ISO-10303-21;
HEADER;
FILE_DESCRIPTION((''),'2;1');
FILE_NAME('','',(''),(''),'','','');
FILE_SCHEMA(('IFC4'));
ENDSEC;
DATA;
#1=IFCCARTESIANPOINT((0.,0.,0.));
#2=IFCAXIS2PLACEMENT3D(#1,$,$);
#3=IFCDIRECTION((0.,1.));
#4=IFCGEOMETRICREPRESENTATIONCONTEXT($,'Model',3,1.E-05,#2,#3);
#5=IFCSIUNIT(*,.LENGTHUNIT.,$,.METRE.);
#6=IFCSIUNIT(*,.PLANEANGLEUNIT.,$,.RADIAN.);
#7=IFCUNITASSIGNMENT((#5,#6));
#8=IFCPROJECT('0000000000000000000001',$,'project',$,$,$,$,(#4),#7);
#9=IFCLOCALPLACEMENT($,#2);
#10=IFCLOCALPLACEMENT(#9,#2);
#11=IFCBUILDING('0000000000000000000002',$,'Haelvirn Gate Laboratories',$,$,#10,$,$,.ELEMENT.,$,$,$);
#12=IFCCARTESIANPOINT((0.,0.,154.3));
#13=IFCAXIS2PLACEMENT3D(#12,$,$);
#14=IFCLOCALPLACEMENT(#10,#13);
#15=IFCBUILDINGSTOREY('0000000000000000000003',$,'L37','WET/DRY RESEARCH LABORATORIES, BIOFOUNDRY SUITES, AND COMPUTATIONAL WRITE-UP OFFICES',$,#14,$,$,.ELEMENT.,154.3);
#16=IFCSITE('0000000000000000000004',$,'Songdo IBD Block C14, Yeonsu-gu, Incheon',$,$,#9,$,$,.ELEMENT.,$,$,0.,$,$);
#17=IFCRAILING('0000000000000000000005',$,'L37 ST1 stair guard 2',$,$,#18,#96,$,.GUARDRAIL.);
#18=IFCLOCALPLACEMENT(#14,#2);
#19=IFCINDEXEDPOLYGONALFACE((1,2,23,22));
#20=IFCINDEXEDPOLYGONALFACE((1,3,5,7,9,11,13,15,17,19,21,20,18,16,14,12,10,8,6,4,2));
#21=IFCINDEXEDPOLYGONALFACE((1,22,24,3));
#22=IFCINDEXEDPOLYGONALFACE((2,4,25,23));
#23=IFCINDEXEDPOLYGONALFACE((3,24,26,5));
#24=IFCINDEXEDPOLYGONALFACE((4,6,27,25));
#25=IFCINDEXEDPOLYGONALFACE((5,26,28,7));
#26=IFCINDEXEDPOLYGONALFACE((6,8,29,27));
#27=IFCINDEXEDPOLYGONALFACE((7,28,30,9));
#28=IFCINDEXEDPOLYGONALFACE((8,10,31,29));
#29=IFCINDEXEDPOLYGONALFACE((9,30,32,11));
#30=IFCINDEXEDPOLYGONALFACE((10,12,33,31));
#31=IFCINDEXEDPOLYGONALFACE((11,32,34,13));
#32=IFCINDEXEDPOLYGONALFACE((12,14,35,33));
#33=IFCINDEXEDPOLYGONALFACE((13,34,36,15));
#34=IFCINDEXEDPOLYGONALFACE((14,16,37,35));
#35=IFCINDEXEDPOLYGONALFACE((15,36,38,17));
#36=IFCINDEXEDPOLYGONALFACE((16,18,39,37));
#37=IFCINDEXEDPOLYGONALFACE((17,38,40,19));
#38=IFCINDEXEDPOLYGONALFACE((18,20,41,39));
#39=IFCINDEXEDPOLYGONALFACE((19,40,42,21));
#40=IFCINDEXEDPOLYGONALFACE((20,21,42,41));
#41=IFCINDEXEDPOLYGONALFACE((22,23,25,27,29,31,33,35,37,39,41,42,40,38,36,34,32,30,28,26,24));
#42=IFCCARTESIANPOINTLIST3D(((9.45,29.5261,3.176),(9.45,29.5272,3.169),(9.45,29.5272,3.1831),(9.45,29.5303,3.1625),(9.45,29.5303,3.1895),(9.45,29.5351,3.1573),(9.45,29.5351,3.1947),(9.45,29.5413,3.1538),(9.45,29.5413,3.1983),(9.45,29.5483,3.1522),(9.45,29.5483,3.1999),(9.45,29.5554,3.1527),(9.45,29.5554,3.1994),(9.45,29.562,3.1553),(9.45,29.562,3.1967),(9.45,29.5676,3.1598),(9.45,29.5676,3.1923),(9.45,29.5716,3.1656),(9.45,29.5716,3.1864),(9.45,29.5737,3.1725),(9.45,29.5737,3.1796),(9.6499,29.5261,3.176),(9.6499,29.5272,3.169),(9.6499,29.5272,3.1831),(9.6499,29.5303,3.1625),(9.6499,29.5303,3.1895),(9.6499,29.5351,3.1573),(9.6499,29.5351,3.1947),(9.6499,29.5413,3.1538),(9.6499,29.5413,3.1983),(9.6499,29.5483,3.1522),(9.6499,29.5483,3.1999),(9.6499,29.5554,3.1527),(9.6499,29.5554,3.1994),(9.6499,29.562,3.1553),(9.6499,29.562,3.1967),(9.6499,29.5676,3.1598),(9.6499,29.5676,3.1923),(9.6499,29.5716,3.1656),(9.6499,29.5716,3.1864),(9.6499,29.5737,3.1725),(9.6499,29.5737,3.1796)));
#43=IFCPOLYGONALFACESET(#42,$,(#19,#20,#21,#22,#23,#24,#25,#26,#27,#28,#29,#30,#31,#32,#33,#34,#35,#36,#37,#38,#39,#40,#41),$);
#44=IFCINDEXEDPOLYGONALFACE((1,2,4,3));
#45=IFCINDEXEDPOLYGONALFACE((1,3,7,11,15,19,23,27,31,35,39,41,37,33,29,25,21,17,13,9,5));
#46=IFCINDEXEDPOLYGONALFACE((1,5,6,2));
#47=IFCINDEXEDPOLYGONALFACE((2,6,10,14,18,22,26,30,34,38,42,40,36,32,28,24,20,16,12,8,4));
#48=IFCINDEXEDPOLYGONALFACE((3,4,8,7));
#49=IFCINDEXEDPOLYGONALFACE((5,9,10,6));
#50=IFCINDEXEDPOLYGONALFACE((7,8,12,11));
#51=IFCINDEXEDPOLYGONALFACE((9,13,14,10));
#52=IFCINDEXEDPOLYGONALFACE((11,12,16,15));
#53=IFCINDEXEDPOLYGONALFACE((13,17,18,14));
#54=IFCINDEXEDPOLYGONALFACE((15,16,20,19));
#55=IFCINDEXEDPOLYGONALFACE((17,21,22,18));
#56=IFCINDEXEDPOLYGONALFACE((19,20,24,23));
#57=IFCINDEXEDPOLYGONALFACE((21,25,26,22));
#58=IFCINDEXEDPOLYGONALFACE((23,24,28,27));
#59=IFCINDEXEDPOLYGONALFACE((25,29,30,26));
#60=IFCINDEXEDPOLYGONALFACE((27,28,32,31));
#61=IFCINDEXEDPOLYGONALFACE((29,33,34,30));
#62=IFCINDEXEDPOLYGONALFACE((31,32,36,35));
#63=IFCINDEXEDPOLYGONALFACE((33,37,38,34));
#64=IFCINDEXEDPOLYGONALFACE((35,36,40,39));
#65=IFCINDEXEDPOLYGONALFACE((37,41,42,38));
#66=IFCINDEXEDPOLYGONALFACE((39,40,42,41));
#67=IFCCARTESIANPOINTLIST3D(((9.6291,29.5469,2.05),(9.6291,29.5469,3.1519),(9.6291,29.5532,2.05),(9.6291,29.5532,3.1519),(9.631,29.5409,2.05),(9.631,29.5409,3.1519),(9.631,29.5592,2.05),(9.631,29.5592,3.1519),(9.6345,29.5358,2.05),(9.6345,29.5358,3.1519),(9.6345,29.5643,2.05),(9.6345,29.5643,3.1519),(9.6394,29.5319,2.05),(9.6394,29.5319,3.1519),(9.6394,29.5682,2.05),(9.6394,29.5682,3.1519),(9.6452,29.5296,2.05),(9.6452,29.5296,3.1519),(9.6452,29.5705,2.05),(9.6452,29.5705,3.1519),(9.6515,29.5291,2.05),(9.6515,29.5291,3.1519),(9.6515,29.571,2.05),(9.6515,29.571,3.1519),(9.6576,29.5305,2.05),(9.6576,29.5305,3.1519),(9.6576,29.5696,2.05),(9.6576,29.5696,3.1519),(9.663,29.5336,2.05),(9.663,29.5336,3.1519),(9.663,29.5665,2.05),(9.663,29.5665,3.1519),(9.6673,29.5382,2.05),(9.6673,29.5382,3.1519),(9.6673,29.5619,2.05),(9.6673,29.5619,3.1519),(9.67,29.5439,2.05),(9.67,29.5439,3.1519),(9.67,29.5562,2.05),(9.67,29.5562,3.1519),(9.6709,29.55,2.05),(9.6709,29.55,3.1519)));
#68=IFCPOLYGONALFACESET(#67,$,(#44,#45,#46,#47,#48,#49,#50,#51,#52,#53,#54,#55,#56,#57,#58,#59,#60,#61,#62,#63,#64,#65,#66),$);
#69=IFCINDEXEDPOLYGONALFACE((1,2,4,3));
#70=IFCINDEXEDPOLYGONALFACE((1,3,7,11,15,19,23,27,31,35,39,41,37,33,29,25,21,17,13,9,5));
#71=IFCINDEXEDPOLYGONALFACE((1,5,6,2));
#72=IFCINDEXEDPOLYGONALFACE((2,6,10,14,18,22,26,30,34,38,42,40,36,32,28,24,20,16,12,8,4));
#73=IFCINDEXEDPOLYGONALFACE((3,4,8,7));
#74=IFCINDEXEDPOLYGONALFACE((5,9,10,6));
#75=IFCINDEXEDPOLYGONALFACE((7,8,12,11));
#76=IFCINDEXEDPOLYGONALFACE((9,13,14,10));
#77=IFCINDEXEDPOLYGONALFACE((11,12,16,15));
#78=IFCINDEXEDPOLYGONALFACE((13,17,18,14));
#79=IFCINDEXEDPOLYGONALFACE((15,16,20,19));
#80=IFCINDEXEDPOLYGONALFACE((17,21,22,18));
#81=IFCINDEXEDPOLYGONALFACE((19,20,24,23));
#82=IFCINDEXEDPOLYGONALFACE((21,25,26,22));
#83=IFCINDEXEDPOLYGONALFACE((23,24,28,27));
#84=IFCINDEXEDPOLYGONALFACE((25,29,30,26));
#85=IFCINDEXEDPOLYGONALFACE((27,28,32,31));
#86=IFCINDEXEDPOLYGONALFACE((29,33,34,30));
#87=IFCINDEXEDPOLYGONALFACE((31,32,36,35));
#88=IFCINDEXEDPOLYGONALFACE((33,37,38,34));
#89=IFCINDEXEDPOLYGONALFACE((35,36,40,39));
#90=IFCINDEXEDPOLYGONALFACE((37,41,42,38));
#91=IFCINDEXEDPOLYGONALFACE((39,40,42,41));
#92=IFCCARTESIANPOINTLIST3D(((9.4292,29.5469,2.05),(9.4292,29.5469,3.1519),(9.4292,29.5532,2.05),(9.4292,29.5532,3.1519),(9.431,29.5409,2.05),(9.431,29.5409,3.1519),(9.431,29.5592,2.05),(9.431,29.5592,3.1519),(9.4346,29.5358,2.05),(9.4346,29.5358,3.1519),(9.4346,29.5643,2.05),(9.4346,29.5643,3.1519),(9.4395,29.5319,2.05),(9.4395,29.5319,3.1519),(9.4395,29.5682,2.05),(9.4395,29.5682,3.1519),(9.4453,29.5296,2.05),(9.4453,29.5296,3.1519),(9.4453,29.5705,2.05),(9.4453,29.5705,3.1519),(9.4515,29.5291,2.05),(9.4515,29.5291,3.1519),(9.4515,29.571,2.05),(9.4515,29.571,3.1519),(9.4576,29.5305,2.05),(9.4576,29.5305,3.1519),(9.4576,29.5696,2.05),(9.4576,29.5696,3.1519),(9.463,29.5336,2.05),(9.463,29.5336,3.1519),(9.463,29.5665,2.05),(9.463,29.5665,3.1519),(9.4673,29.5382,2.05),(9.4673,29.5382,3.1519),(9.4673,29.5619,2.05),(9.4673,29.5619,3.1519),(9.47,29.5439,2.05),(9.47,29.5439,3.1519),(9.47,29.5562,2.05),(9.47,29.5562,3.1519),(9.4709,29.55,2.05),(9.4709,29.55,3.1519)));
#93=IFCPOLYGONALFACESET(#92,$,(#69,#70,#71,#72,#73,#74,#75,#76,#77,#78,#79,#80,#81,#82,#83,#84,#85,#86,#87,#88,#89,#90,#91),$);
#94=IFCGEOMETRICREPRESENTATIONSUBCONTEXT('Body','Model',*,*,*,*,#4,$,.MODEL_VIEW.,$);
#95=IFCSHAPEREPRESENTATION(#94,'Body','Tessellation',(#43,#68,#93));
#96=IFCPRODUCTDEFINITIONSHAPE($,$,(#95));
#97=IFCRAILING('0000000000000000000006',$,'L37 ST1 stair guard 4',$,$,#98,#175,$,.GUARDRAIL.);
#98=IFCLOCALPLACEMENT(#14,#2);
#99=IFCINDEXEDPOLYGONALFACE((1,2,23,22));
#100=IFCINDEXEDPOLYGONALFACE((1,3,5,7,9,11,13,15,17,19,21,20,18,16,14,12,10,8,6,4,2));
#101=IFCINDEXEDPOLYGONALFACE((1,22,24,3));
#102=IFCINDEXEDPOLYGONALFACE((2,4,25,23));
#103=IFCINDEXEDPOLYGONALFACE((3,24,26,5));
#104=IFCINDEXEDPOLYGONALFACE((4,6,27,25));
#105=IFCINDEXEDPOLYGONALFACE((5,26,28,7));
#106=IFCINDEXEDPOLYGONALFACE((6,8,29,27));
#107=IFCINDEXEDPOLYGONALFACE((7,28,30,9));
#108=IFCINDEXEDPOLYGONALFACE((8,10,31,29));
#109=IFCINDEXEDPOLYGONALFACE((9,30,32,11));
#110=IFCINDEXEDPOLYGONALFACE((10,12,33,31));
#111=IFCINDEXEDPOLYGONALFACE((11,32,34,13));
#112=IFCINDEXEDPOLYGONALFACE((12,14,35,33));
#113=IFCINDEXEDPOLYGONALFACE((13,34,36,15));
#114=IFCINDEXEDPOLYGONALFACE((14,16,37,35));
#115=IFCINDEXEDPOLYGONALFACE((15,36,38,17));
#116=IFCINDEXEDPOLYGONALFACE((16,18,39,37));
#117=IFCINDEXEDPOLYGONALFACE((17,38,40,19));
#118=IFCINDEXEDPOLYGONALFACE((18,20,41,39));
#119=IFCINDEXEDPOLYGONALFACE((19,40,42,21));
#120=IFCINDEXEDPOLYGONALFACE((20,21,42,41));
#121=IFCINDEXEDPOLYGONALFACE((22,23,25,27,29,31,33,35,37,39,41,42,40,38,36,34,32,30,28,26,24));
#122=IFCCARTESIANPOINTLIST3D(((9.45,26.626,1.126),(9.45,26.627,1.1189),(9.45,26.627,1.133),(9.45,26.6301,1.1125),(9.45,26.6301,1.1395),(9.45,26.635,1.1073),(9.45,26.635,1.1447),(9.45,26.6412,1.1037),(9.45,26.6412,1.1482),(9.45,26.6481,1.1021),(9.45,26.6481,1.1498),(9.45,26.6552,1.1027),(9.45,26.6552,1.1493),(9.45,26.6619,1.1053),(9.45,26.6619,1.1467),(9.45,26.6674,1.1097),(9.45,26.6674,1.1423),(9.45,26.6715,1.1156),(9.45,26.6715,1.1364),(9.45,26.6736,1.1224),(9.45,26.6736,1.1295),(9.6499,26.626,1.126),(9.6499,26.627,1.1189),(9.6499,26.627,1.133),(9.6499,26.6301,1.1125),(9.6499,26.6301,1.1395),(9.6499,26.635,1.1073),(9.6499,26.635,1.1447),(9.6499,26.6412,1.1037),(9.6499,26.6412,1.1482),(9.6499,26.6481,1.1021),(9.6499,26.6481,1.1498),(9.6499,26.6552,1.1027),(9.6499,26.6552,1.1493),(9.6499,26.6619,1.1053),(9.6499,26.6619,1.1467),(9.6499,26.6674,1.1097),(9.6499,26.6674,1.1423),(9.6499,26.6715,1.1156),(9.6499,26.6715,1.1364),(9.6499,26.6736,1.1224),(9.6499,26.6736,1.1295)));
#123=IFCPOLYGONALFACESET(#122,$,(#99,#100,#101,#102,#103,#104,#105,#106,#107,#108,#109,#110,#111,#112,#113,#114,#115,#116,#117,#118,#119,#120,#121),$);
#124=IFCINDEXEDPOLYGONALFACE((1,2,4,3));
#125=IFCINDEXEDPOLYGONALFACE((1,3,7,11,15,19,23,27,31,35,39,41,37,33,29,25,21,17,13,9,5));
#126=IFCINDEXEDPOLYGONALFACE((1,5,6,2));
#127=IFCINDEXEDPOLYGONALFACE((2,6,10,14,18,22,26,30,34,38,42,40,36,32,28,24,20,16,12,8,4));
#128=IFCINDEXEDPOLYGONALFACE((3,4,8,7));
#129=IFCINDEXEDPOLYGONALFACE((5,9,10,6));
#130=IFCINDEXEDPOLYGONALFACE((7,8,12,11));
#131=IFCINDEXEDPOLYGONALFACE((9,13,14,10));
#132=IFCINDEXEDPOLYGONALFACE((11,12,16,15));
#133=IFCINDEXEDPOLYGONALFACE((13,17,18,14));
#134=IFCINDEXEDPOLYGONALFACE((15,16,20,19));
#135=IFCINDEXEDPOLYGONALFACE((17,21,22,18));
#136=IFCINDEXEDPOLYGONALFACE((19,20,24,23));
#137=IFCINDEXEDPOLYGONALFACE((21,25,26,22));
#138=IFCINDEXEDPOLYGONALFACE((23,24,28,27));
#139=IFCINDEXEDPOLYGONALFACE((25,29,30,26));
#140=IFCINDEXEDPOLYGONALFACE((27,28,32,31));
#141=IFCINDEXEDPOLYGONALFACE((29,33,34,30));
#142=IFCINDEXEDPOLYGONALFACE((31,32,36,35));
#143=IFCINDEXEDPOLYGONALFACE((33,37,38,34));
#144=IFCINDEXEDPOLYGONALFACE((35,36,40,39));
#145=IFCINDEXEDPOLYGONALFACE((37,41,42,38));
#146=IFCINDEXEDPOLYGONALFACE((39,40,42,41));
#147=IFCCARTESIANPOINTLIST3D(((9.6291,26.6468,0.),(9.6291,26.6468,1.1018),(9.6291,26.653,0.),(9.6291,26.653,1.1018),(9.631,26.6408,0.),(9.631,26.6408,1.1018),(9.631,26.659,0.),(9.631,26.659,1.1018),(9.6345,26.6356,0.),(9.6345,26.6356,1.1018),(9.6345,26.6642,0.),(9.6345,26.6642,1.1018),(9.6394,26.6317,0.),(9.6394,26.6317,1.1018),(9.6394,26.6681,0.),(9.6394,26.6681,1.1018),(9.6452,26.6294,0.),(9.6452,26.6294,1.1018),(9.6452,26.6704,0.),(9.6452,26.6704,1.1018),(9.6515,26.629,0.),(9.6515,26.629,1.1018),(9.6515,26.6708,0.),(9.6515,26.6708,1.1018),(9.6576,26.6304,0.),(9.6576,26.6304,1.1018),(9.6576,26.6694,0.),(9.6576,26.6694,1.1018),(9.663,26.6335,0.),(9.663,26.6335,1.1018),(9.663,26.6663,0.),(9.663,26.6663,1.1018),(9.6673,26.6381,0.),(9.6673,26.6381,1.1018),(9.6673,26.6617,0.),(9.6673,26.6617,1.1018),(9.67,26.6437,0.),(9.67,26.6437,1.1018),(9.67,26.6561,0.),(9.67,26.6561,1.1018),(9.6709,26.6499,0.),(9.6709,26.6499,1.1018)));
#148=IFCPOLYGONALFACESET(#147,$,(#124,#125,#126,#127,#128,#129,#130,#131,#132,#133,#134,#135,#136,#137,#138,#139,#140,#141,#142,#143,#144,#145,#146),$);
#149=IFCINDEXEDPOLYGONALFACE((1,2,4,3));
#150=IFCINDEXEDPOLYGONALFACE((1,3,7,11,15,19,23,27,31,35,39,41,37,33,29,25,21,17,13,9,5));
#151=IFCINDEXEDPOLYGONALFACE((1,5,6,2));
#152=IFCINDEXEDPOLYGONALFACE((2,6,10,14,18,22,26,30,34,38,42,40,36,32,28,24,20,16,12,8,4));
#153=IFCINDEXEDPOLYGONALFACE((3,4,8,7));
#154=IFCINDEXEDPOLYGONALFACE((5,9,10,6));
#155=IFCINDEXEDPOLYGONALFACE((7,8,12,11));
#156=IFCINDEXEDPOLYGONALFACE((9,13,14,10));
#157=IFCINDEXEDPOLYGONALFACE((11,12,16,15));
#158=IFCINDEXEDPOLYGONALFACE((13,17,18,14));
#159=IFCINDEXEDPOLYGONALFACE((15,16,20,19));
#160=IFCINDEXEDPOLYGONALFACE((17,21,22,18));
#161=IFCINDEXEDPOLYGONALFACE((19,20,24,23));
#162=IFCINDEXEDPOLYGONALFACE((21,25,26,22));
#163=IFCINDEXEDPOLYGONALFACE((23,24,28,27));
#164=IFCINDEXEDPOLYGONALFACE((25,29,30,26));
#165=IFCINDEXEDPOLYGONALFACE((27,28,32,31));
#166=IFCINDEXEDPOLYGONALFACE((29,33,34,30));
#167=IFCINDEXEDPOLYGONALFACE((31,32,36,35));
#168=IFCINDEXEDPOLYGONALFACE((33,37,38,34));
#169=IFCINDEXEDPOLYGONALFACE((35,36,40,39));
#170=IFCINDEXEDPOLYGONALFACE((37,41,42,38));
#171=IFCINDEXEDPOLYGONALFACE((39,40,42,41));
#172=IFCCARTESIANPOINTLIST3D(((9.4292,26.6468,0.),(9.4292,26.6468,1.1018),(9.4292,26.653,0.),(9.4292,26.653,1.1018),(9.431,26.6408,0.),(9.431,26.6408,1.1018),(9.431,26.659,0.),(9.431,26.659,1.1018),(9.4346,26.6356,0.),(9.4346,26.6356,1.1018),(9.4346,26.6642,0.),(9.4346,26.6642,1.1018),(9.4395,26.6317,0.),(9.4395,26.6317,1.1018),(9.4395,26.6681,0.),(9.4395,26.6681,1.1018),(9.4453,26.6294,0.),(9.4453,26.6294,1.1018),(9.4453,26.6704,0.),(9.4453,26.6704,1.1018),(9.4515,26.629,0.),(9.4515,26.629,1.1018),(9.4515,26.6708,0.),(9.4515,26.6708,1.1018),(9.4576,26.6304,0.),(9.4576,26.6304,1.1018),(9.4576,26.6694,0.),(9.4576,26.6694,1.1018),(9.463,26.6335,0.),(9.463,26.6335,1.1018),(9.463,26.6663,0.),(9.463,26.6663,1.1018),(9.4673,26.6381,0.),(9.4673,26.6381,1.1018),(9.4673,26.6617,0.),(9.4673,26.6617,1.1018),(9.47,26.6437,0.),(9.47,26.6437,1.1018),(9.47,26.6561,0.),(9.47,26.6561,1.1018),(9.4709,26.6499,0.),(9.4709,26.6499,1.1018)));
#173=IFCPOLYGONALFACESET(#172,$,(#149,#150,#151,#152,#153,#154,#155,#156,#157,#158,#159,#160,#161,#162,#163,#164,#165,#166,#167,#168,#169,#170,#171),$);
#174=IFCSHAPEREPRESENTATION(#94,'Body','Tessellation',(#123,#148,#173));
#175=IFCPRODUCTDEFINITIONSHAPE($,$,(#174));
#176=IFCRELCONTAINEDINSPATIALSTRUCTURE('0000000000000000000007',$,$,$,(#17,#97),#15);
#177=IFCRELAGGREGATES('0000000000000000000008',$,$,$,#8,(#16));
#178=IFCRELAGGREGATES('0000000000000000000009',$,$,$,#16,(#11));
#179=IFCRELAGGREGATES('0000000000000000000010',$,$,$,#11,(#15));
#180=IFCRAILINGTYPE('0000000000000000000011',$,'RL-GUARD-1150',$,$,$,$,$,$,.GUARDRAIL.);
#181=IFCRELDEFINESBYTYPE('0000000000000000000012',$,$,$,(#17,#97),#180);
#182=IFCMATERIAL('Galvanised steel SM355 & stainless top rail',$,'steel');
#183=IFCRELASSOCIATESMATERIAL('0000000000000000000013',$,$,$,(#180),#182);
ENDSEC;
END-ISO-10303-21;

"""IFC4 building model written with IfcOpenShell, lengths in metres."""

from ifc_helpers import new_model, si_unit, direction, frame, origin, origin_2d, place, context, subcontext, project, spatial, circle, extrude, source, transform, mapped, material, type_object, element, save


model = new_model("IFC4")

# Units and contexts
model_context = context("Model", 3, precision=1e-05, world=origin(), true_north=direction((0.0, 1.0)))
body_context = subcontext(model_context, "Body", "Model", "MODEL_VIEW")
ifc_project = project(units=[si_unit("LENGTHUNIT", "METRE"), si_unit("PLANEANGLEUNIT", "RADIAN")], contexts=[model_context])

# Site, building, storey
site_placement = place(None, origin())
site = spatial("IfcSite", under=ifc_project, at=site_placement, Name="Songdo IBD Block C14, Yeonsu-gu, Incheon", CompositionType="ELEMENT", RefElevation=0.0)
building_placement = place(site_placement, origin())
building = spatial("IfcBuilding", under=site, at=building_placement, Name="Haelvirn Gate Laboratories", CompositionType="ELEMENT")
storey_placement = place(building_placement, frame((0.0, 0.0, 154.3)))
storey = spatial("IfcBuildingStorey", under=building, at=storey_placement, Name="L37", Description="WET/DRY RESEARCH LABORATORIES, BIOFOUNDRY SUITES, AND COMPUTATIONAL WRITE-UP OFFICES", CompositionType="ELEMENT", Elevation=154.3)

# Railings
ifc_material_1 = material(Name="Galvanised steel SM355 & stainless top rail", Category="steel")
railing_type_1 = type_object("IfcRailingType", Name="RL-GUARD-1150", PredefinedType="GUARDRAIL", material=ifc_material_1)
shared_shape_1 = source(origin(), body_context, "Body", "SweptSolid", [
    extrude(circle(Radius=0.0239, at=origin_2d()), frame((0.0, 0.0, 1.126), z_axis=(-1.0, 0.0, 0.0), x_axis=(0.0, -1.0, 0.0)), (0.0, 0.0, 1.0), 0.2),
    extrude(circle(Radius=0.021, at=origin_2d()), origin(), (0.0, 0.0, 1.0), 1.1018),
    extrude(circle(Radius=0.021, at=origin_2d()), frame((-0.2, 0.0, 0.0)), (0.0, 0.0, 1.0), 1.1018),
])
for number, where, name in (
    (1, (9.6499, 29.55, 2.05), "L37 ST1 stair guard 2"),
    (2, (9.6499, 26.6499, 0.0), "L37 ST1 stair guard 4"),
):
    element("IfcRailing", number, at=place(storey_placement, frame(where)), inside=storey, type_object=railing_type_1, Name=name, PredefinedType="GUARDRAIL", context=body_context, shape_type="MappedRepresentation", body=[
        mapped(shared_shape_1, transform((0.0, 0.0, 0.0), scale=1.0)),
    ])

save(model, "model.ifc")
